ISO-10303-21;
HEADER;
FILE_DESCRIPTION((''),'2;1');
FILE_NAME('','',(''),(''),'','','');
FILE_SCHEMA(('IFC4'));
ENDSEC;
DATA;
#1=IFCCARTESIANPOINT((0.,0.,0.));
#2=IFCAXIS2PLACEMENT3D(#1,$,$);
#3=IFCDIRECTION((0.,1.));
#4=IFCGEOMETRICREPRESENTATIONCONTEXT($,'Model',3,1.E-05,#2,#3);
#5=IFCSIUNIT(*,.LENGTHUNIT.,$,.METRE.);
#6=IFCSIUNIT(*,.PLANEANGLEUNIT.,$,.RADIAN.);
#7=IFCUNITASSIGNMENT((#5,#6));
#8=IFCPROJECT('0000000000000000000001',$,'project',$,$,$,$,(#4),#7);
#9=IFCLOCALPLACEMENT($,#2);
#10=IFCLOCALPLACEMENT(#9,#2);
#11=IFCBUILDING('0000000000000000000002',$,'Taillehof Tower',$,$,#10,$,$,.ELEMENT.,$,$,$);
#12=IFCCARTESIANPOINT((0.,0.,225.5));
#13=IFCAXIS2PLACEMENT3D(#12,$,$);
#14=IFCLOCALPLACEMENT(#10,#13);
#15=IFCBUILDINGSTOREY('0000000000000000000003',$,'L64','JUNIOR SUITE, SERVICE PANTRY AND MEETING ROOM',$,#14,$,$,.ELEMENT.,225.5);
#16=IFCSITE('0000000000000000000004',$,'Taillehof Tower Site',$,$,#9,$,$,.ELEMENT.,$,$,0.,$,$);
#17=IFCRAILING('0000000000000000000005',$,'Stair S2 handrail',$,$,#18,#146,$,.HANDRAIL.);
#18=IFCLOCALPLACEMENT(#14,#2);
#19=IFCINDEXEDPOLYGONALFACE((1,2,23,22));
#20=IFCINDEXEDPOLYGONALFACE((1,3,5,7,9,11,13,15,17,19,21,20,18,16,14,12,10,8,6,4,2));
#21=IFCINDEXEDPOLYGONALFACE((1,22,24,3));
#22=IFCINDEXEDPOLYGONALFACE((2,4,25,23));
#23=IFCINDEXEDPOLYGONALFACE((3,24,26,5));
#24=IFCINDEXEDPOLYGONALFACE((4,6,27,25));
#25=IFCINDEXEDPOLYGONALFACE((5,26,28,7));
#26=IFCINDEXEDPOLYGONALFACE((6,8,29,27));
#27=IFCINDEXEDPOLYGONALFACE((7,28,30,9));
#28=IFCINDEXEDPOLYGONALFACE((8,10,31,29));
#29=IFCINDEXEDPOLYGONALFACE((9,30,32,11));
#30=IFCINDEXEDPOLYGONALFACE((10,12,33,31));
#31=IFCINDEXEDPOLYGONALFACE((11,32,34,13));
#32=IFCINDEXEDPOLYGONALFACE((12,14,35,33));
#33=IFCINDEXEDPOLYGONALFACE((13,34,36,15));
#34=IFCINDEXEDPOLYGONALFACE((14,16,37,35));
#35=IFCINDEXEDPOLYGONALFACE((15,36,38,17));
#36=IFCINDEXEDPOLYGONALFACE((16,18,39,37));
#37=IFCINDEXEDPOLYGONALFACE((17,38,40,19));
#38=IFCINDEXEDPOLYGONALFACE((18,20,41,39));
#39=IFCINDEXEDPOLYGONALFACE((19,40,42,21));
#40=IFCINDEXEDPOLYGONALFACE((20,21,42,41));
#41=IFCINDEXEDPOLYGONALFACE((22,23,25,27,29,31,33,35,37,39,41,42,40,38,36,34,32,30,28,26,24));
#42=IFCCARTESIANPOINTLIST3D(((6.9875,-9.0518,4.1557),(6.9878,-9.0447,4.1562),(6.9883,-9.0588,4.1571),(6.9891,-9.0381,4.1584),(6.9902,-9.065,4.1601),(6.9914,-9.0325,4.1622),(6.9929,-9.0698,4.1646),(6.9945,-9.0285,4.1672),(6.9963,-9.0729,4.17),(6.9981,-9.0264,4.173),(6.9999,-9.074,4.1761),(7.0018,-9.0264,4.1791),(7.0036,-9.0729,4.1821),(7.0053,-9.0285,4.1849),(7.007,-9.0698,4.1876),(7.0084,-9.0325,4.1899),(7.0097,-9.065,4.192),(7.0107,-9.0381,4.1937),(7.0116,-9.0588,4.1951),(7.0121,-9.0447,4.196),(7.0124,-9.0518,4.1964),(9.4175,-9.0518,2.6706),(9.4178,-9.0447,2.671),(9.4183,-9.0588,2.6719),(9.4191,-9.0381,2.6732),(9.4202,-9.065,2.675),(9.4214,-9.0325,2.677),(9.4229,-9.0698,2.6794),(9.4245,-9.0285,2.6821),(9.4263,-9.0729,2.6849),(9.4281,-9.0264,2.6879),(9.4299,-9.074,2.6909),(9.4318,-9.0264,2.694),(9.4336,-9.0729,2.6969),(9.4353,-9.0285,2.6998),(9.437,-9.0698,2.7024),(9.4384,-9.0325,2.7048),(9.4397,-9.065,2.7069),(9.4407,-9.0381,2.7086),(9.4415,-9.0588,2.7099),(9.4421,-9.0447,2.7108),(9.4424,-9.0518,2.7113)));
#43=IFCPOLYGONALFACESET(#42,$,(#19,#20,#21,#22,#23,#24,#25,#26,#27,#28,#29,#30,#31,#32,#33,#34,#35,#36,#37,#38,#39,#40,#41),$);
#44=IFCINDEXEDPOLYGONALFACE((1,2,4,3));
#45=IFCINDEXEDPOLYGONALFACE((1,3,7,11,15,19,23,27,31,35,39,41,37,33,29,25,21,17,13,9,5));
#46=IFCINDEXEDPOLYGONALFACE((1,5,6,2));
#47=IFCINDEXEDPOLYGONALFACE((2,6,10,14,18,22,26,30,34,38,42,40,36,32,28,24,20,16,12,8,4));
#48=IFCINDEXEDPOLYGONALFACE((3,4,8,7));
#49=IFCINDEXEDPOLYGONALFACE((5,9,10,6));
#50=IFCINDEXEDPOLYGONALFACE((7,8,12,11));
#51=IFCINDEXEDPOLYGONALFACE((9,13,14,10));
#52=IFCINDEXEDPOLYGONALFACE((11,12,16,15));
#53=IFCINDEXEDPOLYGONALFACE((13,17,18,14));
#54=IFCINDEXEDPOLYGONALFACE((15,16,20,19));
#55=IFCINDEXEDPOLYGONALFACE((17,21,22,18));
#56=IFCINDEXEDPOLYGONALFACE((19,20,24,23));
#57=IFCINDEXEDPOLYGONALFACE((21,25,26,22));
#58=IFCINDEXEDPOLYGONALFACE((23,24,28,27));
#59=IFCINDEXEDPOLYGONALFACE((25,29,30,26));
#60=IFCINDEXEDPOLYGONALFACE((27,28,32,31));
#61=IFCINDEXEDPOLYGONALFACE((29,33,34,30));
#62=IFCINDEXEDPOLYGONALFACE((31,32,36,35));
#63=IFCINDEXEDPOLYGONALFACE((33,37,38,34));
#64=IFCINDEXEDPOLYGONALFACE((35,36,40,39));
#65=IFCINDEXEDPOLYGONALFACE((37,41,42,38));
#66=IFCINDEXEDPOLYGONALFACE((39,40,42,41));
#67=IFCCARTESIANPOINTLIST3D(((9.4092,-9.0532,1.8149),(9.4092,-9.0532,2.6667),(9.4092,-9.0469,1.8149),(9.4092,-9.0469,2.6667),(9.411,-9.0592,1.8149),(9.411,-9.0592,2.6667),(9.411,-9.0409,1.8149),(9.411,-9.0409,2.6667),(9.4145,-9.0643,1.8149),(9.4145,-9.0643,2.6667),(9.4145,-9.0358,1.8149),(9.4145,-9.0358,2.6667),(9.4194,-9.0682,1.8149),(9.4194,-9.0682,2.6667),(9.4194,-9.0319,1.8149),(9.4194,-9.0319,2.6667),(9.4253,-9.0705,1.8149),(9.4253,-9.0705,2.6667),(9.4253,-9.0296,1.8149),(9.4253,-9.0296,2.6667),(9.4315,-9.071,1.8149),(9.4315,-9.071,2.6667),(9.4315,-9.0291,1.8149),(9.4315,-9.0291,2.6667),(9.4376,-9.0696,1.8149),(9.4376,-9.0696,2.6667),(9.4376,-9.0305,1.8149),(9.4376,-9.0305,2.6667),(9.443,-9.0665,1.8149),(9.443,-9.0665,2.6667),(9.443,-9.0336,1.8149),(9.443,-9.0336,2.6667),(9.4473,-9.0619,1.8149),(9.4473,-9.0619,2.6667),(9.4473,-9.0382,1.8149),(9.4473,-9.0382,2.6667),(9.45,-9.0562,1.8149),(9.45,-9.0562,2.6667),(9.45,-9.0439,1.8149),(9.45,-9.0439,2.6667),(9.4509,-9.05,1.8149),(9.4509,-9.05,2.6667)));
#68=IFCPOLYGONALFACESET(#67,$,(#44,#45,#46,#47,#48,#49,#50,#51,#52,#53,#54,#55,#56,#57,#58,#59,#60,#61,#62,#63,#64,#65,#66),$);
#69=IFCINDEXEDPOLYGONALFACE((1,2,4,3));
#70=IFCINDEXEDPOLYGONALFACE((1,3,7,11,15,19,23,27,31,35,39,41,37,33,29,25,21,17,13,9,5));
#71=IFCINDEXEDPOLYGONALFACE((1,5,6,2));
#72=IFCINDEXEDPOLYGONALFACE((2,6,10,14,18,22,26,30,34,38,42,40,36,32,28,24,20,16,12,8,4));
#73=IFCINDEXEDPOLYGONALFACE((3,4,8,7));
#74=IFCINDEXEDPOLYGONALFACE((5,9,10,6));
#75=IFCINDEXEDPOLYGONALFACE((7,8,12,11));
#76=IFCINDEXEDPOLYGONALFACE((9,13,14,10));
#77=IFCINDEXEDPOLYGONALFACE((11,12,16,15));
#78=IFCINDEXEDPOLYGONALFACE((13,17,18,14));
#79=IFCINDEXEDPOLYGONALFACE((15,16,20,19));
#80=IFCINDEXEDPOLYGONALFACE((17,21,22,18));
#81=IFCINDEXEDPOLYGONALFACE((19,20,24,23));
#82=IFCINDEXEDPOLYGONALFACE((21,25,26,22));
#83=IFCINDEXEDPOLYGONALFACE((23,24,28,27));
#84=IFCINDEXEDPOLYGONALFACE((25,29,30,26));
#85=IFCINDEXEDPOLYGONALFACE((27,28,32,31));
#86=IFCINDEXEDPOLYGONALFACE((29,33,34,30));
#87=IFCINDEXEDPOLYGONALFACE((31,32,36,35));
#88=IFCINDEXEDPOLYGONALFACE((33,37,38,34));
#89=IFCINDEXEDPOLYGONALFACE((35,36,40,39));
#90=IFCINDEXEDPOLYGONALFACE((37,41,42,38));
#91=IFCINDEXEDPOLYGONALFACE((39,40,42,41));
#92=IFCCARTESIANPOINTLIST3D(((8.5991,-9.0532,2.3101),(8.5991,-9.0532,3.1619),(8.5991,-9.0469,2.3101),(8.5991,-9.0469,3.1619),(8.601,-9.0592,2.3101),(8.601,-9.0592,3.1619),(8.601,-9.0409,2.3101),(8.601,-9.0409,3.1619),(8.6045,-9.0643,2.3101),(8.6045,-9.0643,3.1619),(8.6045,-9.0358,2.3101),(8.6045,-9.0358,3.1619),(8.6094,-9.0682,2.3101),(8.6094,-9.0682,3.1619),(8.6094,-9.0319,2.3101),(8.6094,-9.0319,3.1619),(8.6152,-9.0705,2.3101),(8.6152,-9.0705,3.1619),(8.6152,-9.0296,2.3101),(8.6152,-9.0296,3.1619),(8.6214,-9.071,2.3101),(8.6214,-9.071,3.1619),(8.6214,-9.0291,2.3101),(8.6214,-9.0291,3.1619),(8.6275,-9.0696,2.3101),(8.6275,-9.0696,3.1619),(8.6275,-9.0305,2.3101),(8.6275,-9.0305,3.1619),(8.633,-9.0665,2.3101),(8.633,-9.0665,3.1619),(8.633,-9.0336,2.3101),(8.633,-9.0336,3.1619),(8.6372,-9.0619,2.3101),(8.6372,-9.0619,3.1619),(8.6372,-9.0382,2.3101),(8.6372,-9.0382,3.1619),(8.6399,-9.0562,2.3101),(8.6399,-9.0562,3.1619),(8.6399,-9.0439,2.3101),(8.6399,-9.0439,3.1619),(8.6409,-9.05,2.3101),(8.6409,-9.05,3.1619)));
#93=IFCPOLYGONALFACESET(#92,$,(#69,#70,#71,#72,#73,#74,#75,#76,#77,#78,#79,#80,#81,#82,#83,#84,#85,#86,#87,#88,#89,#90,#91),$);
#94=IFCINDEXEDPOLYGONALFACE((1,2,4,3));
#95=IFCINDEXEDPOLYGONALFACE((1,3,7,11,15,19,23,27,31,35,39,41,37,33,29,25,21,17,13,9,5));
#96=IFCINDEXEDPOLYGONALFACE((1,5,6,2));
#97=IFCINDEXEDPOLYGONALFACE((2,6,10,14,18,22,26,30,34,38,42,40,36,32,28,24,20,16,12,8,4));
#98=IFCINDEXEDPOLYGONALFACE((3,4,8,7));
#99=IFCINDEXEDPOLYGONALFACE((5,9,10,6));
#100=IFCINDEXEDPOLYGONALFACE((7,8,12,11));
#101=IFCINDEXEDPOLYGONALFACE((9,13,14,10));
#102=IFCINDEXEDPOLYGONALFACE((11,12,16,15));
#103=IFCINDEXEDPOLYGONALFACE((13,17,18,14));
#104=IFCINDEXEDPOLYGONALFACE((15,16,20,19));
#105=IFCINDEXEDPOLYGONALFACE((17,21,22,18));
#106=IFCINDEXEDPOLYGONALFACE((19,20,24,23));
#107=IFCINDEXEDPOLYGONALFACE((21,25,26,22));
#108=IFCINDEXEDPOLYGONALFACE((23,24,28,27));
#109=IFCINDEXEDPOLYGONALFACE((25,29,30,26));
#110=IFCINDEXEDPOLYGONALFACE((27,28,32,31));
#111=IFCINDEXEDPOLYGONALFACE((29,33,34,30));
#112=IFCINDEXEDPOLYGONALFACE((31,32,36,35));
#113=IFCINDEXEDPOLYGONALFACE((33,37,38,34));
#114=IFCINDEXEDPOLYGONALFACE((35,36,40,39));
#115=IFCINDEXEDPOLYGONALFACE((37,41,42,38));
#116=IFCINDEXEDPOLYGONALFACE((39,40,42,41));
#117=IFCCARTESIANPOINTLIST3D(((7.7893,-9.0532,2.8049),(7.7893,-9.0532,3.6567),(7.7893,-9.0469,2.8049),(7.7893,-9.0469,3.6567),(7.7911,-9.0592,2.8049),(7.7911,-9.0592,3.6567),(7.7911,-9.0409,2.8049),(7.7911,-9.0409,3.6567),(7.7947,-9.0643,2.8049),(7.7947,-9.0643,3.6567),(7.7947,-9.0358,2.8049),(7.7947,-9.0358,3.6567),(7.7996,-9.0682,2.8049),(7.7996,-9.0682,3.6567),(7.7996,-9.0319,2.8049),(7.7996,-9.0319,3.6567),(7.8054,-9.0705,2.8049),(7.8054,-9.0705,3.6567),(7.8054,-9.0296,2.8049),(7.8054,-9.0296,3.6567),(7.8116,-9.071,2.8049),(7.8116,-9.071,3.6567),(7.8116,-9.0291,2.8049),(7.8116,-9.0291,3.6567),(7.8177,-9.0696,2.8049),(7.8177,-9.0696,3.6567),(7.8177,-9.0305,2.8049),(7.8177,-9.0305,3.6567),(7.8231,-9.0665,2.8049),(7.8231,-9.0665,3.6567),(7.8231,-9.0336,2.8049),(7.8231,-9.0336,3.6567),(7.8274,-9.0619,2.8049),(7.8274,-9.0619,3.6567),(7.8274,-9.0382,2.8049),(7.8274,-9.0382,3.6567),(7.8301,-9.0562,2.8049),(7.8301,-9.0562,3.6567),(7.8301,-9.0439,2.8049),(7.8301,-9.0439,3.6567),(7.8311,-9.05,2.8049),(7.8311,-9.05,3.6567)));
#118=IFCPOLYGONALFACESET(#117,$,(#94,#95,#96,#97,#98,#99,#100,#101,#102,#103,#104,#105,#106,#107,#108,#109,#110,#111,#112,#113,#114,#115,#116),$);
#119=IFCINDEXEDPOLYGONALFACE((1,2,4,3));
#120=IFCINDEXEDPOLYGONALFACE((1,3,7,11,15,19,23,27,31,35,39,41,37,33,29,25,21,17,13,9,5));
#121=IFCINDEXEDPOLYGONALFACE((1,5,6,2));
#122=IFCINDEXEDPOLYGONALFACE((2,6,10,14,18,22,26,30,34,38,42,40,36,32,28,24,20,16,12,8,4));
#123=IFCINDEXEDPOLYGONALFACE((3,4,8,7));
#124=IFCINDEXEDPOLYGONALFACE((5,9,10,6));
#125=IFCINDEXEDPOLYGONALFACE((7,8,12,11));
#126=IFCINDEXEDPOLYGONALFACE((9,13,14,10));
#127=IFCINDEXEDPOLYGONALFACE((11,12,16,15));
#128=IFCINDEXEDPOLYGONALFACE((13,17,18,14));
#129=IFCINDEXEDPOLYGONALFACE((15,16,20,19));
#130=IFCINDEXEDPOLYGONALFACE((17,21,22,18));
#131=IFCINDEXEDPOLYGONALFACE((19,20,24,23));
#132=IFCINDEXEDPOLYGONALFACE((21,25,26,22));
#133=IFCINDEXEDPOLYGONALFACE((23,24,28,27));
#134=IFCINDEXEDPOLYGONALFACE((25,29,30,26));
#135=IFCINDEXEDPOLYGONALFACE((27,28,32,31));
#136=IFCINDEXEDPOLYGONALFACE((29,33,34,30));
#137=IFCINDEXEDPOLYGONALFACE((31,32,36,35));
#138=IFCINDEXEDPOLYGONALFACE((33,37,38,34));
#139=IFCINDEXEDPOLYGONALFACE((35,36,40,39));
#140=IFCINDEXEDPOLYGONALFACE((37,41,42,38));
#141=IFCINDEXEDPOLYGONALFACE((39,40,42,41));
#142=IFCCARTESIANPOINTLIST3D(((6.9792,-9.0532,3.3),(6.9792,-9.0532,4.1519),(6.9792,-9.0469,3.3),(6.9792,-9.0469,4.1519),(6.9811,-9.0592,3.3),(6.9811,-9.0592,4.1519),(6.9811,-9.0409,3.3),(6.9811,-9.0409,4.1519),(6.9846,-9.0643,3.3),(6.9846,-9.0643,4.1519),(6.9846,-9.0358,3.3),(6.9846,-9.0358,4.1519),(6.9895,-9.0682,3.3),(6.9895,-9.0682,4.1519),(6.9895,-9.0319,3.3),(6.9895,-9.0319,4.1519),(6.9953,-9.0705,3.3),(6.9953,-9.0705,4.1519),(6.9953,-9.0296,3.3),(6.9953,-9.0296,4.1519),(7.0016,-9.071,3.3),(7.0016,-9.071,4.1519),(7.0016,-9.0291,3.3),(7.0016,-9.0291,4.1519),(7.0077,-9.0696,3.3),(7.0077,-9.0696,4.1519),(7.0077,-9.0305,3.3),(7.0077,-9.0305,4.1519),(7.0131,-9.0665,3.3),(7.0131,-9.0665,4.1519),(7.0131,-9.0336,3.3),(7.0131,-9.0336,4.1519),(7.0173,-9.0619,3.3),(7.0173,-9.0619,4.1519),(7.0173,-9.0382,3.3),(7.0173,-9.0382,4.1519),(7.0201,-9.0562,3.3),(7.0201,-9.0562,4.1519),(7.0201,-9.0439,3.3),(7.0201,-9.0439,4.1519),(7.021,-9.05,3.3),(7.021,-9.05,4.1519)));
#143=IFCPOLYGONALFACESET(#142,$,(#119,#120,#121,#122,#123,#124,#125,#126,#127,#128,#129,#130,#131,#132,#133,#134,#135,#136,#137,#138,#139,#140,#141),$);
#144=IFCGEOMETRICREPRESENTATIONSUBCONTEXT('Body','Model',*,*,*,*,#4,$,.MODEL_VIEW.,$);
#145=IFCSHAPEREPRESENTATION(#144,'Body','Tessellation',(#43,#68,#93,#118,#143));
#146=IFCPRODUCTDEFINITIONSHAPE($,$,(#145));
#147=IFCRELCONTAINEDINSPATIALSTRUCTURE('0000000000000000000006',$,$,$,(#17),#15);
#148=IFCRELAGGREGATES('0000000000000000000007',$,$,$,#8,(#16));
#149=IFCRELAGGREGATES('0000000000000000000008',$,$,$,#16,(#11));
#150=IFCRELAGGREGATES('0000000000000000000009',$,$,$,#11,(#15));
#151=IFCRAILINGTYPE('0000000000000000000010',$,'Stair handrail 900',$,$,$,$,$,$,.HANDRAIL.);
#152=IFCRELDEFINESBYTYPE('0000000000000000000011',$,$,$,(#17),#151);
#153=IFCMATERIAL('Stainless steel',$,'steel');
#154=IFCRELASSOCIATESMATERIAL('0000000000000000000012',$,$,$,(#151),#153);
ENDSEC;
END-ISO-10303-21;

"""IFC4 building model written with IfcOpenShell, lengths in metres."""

from ifc_helpers import new_model, si_unit, direction, frame, origin, origin_2d, place, context, subcontext, project, spatial, circle, extrude, material, type_object, element, save


model = new_model("IFC4")

# Units and contexts
model_context = context("Model", 3, precision=1e-05, world=origin(), true_north=direction((0.0, 1.0)))
body_context = subcontext(model_context, "Body", "Model", "MODEL_VIEW")
ifc_project = project(units=[si_unit("LENGTHUNIT", "METRE"), si_unit("PLANEANGLEUNIT", "RADIAN")], contexts=[model_context])

# Site, building, storey
site_placement = place(None, origin())
site = spatial("IfcSite", under=ifc_project, at=site_placement, Name="Taillehof Tower Site", CompositionType="ELEMENT", RefElevation=0.0)
building_placement = place(site_placement, origin())
building = spatial("IfcBuilding", under=site, at=building_placement, Name="Taillehof Tower", CompositionType="ELEMENT")
storey_placement = place(building_placement, frame((0.0, 0.0, 225.5)))
storey = spatial("IfcBuildingStorey", under=building, at=storey_placement, Name="L64", Description="JUNIOR SUITE, SERVICE PANTRY AND MEETING ROOM", CompositionType="ELEMENT", Elevation=225.5)

# Railing
ifc_material_1 = material(Name="Stainless steel", Category="steel")
railing_type = type_object("IfcRailingType", Name="Stair handrail 900", PredefinedType="HANDRAIL", material=ifc_material_1)
railing_placement = place(storey_placement, frame((9.4299, -9.05, 1.8149)))
element("IfcRailing", 1, at=railing_placement, inside=storey, type_object=railing_type, Name="Stair S2 handrail", PredefinedType="HANDRAIL", context=body_context, shape_type="SweptSolid", body=[
    extrude(circle(Radius=0.0239, at=origin_2d()), frame((0.0, 0.0, 0.876), z_axis=(-0.853259, 0.0, 0.521488), x_axis=(0.0, -1.0, 0.0)), (0.0, 0.0, 1.0), 2.8479),
    extrude(circle(Radius=0.021, at=origin_2d()), origin(), (0.0, 0.0, 1.0), 0.8518),
    extrude(circle(Radius=0.021, at=origin_2d()), frame((-0.8101, 0.0, 0.4951)), (0.0, 0.0, 1.0), 0.8518),
    extrude(circle(Radius=0.021, at=origin_2d()), frame((-1.6199, 0.0, 0.99)), (0.0, 0.0, 1.0), 0.8518),
    extrude(circle(Radius=0.021, at=origin_2d()), frame((-2.4299, 0.0, 1.4851)), (0.0, 0.0, 1.0), 0.8518),
])

save(model, "model.ifc")
